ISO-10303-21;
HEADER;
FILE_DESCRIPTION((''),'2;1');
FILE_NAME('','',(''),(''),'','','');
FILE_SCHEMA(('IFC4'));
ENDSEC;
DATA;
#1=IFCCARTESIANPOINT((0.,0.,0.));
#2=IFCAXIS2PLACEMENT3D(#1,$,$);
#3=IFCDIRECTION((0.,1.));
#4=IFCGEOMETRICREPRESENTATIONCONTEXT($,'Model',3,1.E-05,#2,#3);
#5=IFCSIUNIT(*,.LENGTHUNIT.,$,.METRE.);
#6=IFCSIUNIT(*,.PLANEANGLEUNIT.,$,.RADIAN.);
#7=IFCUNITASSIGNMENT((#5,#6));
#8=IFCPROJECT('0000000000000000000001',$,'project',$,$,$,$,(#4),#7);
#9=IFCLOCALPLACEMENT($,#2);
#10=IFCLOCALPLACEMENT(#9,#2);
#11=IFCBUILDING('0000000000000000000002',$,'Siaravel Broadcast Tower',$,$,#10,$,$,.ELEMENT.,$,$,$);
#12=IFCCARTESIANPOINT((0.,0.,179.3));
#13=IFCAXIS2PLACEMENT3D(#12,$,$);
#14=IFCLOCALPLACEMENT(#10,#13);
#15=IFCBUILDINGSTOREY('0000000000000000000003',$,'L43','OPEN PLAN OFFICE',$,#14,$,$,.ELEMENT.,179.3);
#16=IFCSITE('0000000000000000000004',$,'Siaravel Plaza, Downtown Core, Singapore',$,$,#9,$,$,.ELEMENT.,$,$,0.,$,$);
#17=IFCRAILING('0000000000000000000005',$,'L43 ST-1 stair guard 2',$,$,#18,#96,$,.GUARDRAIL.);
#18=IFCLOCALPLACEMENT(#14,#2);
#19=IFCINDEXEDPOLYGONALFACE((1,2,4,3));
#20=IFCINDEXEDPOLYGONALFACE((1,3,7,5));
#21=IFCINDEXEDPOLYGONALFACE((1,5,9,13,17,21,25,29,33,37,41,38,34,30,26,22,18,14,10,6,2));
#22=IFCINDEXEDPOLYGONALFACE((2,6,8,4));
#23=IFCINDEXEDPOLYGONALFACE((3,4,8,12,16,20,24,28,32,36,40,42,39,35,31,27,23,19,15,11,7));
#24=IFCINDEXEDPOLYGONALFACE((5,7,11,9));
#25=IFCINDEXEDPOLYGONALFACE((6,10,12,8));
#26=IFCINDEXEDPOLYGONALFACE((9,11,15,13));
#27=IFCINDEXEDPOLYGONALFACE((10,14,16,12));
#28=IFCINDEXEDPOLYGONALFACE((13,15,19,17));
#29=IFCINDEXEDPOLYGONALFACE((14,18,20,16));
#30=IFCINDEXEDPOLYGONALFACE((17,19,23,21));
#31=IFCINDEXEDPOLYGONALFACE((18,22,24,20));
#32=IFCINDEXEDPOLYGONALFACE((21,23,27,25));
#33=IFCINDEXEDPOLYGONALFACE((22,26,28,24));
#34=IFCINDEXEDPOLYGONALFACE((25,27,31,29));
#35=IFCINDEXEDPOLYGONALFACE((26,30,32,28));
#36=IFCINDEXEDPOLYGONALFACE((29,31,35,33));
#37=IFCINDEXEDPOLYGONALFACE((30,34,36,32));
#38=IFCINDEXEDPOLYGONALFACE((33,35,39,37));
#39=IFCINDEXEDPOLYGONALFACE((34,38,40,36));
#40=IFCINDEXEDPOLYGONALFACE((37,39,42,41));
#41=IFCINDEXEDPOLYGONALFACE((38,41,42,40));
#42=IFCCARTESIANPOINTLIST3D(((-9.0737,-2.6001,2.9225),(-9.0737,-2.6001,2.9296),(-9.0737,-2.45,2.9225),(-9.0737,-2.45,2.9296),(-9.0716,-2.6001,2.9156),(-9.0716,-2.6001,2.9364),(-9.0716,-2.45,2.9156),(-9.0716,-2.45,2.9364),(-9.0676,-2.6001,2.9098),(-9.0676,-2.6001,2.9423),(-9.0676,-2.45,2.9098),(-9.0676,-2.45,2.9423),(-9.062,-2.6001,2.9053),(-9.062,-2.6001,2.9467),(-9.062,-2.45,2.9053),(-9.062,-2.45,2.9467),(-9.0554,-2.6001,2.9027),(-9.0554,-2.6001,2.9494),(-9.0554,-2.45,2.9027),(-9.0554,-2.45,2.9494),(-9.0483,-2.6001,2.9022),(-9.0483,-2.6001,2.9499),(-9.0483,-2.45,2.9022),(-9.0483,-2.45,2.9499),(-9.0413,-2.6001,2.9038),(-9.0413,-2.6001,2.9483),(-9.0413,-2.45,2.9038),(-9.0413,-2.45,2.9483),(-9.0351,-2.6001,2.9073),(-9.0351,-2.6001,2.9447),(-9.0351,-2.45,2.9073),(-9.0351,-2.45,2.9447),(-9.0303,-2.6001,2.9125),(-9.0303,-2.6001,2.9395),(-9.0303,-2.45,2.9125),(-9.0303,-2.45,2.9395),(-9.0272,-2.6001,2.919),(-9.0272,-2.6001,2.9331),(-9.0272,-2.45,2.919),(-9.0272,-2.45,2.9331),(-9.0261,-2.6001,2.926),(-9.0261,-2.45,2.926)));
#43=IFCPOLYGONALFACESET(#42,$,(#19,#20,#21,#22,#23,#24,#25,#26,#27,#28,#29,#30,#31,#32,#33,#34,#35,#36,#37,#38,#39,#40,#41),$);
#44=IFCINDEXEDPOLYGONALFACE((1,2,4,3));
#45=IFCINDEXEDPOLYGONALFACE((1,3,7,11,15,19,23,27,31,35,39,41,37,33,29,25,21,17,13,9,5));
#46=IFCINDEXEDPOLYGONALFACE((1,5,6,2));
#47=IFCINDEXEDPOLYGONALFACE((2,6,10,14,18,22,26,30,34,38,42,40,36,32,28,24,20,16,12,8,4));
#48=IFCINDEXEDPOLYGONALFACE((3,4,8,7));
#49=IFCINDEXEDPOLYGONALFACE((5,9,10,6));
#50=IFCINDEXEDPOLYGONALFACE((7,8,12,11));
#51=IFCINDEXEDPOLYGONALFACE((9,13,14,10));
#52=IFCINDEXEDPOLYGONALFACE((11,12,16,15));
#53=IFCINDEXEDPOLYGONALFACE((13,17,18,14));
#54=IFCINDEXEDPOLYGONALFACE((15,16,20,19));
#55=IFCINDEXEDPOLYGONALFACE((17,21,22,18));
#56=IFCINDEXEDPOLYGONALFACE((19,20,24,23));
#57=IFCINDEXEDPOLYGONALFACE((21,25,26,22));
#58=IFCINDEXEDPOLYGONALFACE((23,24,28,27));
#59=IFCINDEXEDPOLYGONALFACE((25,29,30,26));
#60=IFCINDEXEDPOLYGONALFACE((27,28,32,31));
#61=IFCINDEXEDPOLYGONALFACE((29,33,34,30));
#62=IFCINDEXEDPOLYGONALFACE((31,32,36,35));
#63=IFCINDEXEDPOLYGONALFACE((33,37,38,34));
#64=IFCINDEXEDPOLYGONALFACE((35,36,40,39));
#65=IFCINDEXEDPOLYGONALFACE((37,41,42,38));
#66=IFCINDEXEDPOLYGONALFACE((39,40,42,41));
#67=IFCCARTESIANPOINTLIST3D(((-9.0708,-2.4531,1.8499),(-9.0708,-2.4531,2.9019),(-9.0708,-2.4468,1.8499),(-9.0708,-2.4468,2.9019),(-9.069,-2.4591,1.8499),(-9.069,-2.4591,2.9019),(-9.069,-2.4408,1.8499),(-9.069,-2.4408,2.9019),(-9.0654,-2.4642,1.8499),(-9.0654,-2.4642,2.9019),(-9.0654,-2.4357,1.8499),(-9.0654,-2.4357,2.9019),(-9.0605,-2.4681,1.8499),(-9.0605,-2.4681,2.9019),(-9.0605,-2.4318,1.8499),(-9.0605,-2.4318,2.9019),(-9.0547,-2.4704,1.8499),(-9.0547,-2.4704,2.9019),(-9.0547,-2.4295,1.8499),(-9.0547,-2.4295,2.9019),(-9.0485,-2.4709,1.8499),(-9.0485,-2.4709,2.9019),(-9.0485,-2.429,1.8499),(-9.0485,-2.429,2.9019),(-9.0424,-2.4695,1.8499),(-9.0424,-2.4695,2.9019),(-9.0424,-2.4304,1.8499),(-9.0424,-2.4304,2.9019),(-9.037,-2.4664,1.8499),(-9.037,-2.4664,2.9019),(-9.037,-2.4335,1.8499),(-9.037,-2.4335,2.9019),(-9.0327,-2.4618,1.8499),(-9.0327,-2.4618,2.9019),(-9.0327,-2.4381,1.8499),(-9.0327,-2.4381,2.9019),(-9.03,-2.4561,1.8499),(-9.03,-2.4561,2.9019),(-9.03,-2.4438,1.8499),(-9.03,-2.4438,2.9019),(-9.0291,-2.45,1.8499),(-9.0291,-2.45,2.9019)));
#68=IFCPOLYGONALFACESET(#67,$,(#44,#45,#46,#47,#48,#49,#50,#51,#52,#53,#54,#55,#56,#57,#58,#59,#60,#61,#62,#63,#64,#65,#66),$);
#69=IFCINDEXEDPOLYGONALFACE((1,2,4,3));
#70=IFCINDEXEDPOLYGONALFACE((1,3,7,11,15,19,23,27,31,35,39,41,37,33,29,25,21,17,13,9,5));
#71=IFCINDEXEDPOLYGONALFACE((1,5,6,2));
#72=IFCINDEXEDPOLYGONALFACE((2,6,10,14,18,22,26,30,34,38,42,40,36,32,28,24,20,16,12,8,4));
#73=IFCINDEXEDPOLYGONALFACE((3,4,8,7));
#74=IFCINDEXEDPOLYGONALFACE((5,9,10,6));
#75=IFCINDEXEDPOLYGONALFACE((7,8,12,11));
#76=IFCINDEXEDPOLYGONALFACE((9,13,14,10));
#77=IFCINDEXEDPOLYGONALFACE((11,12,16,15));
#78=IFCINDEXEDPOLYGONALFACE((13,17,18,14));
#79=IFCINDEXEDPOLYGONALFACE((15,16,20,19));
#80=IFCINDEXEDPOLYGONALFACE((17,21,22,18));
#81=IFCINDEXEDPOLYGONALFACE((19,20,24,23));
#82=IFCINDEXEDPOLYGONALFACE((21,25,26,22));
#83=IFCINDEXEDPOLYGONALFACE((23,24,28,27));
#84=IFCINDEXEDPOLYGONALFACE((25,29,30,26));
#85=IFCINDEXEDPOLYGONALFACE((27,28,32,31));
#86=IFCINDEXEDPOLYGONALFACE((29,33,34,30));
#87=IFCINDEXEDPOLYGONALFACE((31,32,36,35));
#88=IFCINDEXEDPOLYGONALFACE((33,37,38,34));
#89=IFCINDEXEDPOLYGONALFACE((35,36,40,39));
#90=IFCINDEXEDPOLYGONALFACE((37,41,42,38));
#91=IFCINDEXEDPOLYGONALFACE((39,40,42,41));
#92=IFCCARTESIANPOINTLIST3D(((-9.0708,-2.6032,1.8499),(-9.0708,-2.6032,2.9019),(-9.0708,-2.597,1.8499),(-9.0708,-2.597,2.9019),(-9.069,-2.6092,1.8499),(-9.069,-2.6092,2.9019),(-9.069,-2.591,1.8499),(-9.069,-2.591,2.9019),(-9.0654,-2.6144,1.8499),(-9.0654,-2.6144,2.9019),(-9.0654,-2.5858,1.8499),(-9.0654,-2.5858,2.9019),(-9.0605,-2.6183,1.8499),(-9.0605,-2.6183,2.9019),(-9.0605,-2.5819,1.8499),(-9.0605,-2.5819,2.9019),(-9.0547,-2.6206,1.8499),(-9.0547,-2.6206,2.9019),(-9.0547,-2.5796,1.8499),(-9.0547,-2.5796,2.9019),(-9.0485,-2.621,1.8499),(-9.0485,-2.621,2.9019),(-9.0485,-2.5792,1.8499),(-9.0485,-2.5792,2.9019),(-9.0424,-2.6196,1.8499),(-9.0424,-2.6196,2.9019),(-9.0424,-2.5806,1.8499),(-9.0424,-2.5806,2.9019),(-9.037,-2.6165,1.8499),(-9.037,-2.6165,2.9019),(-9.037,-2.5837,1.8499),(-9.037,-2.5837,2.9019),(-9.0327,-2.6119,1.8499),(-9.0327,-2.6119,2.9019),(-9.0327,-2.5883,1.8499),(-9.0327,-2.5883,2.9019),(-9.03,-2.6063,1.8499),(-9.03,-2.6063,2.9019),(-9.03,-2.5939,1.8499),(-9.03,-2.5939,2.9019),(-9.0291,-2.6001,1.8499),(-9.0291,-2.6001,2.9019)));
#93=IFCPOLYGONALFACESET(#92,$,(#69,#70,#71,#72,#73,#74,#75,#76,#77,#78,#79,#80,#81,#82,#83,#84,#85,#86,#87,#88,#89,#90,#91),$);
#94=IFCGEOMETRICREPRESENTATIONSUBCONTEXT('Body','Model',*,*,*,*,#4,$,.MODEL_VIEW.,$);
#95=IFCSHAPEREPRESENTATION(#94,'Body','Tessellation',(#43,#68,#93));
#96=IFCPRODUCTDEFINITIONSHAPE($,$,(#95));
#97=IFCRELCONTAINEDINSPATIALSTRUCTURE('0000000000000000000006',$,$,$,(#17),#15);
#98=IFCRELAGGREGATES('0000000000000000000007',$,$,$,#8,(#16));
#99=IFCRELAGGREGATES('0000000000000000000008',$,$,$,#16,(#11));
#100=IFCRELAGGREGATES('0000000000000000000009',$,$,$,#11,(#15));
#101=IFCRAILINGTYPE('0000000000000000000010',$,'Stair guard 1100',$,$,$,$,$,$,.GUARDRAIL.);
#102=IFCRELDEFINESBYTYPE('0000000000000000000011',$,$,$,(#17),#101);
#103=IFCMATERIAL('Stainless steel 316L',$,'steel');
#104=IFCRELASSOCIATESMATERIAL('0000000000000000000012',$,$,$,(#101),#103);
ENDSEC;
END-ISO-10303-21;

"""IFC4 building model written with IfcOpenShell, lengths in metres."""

from ifc_helpers import new_model, si_unit, direction, frame, origin, origin_2d, place, context, subcontext, project, spatial, circle, extrude, material, type_object, element, save


model = new_model("IFC4")

# Units and contexts
model_context = context("Model", 3, precision=1e-05, world=origin(), true_north=direction((0.0, 1.0)))
body_context = subcontext(model_context, "Body", "Model", "MODEL_VIEW")
ifc_project = project(units=[si_unit("LENGTHUNIT", "METRE"), si_unit("PLANEANGLEUNIT", "RADIAN")], contexts=[model_context])

# Site, building, storey
site_placement = place(None, origin())
site = spatial("IfcSite", under=ifc_project, at=site_placement, Name="Siaravel Plaza, Downtown Core, Singapore", CompositionType="ELEMENT", RefElevation=0.0)
building_placement = place(site_placement, origin())
building = spatial("IfcBuilding", under=site, at=building_placement, Name="Siaravel Broadcast Tower", CompositionType="ELEMENT")
storey_placement = place(building_placement, frame((0.0, 0.0, 179.3)))
storey = spatial("IfcBuildingStorey", under=building, at=storey_placement, Name="L43", Description="OPEN PLAN OFFICE", CompositionType="ELEMENT", Elevation=179.3)

# Railing
ifc_material_1 = material(Name="Stainless steel 316L", Category="steel")
railing_type_1 = type_object("IfcRailingType", Name="Stair guard 1100", PredefinedType="GUARDRAIL", material=ifc_material_1)
railing_1_placement = place(storey_placement, frame((-9.05, -2.45, 1.8499)))
element("IfcRailing", 1, at=railing_1_placement, inside=storey, type_object=railing_type_1, Name="L43 ST-1 stair guard 2", PredefinedType="GUARDRAIL", context=body_context, shape_type="SweptSolid", body=[
    extrude(circle(Radius=0.0239, at=origin_2d()), frame((0.0, 0.0, 1.0762), z_axis=(0.0, -1.0, 0.0), x_axis=(1.0, 0.0, 0.0)), (0.0, 0.0, 1.0), 0.1501),
    extrude(circle(Radius=0.021, at=origin_2d()), origin(), (0.0, 0.0, 1.0), 1.052),
    extrude(circle(Radius=0.021, at=origin_2d()), frame((0.0, -0.1501, 0.0)), (0.0, 0.0, 1.0), 1.052),
])

save(model, "model.ifc")
